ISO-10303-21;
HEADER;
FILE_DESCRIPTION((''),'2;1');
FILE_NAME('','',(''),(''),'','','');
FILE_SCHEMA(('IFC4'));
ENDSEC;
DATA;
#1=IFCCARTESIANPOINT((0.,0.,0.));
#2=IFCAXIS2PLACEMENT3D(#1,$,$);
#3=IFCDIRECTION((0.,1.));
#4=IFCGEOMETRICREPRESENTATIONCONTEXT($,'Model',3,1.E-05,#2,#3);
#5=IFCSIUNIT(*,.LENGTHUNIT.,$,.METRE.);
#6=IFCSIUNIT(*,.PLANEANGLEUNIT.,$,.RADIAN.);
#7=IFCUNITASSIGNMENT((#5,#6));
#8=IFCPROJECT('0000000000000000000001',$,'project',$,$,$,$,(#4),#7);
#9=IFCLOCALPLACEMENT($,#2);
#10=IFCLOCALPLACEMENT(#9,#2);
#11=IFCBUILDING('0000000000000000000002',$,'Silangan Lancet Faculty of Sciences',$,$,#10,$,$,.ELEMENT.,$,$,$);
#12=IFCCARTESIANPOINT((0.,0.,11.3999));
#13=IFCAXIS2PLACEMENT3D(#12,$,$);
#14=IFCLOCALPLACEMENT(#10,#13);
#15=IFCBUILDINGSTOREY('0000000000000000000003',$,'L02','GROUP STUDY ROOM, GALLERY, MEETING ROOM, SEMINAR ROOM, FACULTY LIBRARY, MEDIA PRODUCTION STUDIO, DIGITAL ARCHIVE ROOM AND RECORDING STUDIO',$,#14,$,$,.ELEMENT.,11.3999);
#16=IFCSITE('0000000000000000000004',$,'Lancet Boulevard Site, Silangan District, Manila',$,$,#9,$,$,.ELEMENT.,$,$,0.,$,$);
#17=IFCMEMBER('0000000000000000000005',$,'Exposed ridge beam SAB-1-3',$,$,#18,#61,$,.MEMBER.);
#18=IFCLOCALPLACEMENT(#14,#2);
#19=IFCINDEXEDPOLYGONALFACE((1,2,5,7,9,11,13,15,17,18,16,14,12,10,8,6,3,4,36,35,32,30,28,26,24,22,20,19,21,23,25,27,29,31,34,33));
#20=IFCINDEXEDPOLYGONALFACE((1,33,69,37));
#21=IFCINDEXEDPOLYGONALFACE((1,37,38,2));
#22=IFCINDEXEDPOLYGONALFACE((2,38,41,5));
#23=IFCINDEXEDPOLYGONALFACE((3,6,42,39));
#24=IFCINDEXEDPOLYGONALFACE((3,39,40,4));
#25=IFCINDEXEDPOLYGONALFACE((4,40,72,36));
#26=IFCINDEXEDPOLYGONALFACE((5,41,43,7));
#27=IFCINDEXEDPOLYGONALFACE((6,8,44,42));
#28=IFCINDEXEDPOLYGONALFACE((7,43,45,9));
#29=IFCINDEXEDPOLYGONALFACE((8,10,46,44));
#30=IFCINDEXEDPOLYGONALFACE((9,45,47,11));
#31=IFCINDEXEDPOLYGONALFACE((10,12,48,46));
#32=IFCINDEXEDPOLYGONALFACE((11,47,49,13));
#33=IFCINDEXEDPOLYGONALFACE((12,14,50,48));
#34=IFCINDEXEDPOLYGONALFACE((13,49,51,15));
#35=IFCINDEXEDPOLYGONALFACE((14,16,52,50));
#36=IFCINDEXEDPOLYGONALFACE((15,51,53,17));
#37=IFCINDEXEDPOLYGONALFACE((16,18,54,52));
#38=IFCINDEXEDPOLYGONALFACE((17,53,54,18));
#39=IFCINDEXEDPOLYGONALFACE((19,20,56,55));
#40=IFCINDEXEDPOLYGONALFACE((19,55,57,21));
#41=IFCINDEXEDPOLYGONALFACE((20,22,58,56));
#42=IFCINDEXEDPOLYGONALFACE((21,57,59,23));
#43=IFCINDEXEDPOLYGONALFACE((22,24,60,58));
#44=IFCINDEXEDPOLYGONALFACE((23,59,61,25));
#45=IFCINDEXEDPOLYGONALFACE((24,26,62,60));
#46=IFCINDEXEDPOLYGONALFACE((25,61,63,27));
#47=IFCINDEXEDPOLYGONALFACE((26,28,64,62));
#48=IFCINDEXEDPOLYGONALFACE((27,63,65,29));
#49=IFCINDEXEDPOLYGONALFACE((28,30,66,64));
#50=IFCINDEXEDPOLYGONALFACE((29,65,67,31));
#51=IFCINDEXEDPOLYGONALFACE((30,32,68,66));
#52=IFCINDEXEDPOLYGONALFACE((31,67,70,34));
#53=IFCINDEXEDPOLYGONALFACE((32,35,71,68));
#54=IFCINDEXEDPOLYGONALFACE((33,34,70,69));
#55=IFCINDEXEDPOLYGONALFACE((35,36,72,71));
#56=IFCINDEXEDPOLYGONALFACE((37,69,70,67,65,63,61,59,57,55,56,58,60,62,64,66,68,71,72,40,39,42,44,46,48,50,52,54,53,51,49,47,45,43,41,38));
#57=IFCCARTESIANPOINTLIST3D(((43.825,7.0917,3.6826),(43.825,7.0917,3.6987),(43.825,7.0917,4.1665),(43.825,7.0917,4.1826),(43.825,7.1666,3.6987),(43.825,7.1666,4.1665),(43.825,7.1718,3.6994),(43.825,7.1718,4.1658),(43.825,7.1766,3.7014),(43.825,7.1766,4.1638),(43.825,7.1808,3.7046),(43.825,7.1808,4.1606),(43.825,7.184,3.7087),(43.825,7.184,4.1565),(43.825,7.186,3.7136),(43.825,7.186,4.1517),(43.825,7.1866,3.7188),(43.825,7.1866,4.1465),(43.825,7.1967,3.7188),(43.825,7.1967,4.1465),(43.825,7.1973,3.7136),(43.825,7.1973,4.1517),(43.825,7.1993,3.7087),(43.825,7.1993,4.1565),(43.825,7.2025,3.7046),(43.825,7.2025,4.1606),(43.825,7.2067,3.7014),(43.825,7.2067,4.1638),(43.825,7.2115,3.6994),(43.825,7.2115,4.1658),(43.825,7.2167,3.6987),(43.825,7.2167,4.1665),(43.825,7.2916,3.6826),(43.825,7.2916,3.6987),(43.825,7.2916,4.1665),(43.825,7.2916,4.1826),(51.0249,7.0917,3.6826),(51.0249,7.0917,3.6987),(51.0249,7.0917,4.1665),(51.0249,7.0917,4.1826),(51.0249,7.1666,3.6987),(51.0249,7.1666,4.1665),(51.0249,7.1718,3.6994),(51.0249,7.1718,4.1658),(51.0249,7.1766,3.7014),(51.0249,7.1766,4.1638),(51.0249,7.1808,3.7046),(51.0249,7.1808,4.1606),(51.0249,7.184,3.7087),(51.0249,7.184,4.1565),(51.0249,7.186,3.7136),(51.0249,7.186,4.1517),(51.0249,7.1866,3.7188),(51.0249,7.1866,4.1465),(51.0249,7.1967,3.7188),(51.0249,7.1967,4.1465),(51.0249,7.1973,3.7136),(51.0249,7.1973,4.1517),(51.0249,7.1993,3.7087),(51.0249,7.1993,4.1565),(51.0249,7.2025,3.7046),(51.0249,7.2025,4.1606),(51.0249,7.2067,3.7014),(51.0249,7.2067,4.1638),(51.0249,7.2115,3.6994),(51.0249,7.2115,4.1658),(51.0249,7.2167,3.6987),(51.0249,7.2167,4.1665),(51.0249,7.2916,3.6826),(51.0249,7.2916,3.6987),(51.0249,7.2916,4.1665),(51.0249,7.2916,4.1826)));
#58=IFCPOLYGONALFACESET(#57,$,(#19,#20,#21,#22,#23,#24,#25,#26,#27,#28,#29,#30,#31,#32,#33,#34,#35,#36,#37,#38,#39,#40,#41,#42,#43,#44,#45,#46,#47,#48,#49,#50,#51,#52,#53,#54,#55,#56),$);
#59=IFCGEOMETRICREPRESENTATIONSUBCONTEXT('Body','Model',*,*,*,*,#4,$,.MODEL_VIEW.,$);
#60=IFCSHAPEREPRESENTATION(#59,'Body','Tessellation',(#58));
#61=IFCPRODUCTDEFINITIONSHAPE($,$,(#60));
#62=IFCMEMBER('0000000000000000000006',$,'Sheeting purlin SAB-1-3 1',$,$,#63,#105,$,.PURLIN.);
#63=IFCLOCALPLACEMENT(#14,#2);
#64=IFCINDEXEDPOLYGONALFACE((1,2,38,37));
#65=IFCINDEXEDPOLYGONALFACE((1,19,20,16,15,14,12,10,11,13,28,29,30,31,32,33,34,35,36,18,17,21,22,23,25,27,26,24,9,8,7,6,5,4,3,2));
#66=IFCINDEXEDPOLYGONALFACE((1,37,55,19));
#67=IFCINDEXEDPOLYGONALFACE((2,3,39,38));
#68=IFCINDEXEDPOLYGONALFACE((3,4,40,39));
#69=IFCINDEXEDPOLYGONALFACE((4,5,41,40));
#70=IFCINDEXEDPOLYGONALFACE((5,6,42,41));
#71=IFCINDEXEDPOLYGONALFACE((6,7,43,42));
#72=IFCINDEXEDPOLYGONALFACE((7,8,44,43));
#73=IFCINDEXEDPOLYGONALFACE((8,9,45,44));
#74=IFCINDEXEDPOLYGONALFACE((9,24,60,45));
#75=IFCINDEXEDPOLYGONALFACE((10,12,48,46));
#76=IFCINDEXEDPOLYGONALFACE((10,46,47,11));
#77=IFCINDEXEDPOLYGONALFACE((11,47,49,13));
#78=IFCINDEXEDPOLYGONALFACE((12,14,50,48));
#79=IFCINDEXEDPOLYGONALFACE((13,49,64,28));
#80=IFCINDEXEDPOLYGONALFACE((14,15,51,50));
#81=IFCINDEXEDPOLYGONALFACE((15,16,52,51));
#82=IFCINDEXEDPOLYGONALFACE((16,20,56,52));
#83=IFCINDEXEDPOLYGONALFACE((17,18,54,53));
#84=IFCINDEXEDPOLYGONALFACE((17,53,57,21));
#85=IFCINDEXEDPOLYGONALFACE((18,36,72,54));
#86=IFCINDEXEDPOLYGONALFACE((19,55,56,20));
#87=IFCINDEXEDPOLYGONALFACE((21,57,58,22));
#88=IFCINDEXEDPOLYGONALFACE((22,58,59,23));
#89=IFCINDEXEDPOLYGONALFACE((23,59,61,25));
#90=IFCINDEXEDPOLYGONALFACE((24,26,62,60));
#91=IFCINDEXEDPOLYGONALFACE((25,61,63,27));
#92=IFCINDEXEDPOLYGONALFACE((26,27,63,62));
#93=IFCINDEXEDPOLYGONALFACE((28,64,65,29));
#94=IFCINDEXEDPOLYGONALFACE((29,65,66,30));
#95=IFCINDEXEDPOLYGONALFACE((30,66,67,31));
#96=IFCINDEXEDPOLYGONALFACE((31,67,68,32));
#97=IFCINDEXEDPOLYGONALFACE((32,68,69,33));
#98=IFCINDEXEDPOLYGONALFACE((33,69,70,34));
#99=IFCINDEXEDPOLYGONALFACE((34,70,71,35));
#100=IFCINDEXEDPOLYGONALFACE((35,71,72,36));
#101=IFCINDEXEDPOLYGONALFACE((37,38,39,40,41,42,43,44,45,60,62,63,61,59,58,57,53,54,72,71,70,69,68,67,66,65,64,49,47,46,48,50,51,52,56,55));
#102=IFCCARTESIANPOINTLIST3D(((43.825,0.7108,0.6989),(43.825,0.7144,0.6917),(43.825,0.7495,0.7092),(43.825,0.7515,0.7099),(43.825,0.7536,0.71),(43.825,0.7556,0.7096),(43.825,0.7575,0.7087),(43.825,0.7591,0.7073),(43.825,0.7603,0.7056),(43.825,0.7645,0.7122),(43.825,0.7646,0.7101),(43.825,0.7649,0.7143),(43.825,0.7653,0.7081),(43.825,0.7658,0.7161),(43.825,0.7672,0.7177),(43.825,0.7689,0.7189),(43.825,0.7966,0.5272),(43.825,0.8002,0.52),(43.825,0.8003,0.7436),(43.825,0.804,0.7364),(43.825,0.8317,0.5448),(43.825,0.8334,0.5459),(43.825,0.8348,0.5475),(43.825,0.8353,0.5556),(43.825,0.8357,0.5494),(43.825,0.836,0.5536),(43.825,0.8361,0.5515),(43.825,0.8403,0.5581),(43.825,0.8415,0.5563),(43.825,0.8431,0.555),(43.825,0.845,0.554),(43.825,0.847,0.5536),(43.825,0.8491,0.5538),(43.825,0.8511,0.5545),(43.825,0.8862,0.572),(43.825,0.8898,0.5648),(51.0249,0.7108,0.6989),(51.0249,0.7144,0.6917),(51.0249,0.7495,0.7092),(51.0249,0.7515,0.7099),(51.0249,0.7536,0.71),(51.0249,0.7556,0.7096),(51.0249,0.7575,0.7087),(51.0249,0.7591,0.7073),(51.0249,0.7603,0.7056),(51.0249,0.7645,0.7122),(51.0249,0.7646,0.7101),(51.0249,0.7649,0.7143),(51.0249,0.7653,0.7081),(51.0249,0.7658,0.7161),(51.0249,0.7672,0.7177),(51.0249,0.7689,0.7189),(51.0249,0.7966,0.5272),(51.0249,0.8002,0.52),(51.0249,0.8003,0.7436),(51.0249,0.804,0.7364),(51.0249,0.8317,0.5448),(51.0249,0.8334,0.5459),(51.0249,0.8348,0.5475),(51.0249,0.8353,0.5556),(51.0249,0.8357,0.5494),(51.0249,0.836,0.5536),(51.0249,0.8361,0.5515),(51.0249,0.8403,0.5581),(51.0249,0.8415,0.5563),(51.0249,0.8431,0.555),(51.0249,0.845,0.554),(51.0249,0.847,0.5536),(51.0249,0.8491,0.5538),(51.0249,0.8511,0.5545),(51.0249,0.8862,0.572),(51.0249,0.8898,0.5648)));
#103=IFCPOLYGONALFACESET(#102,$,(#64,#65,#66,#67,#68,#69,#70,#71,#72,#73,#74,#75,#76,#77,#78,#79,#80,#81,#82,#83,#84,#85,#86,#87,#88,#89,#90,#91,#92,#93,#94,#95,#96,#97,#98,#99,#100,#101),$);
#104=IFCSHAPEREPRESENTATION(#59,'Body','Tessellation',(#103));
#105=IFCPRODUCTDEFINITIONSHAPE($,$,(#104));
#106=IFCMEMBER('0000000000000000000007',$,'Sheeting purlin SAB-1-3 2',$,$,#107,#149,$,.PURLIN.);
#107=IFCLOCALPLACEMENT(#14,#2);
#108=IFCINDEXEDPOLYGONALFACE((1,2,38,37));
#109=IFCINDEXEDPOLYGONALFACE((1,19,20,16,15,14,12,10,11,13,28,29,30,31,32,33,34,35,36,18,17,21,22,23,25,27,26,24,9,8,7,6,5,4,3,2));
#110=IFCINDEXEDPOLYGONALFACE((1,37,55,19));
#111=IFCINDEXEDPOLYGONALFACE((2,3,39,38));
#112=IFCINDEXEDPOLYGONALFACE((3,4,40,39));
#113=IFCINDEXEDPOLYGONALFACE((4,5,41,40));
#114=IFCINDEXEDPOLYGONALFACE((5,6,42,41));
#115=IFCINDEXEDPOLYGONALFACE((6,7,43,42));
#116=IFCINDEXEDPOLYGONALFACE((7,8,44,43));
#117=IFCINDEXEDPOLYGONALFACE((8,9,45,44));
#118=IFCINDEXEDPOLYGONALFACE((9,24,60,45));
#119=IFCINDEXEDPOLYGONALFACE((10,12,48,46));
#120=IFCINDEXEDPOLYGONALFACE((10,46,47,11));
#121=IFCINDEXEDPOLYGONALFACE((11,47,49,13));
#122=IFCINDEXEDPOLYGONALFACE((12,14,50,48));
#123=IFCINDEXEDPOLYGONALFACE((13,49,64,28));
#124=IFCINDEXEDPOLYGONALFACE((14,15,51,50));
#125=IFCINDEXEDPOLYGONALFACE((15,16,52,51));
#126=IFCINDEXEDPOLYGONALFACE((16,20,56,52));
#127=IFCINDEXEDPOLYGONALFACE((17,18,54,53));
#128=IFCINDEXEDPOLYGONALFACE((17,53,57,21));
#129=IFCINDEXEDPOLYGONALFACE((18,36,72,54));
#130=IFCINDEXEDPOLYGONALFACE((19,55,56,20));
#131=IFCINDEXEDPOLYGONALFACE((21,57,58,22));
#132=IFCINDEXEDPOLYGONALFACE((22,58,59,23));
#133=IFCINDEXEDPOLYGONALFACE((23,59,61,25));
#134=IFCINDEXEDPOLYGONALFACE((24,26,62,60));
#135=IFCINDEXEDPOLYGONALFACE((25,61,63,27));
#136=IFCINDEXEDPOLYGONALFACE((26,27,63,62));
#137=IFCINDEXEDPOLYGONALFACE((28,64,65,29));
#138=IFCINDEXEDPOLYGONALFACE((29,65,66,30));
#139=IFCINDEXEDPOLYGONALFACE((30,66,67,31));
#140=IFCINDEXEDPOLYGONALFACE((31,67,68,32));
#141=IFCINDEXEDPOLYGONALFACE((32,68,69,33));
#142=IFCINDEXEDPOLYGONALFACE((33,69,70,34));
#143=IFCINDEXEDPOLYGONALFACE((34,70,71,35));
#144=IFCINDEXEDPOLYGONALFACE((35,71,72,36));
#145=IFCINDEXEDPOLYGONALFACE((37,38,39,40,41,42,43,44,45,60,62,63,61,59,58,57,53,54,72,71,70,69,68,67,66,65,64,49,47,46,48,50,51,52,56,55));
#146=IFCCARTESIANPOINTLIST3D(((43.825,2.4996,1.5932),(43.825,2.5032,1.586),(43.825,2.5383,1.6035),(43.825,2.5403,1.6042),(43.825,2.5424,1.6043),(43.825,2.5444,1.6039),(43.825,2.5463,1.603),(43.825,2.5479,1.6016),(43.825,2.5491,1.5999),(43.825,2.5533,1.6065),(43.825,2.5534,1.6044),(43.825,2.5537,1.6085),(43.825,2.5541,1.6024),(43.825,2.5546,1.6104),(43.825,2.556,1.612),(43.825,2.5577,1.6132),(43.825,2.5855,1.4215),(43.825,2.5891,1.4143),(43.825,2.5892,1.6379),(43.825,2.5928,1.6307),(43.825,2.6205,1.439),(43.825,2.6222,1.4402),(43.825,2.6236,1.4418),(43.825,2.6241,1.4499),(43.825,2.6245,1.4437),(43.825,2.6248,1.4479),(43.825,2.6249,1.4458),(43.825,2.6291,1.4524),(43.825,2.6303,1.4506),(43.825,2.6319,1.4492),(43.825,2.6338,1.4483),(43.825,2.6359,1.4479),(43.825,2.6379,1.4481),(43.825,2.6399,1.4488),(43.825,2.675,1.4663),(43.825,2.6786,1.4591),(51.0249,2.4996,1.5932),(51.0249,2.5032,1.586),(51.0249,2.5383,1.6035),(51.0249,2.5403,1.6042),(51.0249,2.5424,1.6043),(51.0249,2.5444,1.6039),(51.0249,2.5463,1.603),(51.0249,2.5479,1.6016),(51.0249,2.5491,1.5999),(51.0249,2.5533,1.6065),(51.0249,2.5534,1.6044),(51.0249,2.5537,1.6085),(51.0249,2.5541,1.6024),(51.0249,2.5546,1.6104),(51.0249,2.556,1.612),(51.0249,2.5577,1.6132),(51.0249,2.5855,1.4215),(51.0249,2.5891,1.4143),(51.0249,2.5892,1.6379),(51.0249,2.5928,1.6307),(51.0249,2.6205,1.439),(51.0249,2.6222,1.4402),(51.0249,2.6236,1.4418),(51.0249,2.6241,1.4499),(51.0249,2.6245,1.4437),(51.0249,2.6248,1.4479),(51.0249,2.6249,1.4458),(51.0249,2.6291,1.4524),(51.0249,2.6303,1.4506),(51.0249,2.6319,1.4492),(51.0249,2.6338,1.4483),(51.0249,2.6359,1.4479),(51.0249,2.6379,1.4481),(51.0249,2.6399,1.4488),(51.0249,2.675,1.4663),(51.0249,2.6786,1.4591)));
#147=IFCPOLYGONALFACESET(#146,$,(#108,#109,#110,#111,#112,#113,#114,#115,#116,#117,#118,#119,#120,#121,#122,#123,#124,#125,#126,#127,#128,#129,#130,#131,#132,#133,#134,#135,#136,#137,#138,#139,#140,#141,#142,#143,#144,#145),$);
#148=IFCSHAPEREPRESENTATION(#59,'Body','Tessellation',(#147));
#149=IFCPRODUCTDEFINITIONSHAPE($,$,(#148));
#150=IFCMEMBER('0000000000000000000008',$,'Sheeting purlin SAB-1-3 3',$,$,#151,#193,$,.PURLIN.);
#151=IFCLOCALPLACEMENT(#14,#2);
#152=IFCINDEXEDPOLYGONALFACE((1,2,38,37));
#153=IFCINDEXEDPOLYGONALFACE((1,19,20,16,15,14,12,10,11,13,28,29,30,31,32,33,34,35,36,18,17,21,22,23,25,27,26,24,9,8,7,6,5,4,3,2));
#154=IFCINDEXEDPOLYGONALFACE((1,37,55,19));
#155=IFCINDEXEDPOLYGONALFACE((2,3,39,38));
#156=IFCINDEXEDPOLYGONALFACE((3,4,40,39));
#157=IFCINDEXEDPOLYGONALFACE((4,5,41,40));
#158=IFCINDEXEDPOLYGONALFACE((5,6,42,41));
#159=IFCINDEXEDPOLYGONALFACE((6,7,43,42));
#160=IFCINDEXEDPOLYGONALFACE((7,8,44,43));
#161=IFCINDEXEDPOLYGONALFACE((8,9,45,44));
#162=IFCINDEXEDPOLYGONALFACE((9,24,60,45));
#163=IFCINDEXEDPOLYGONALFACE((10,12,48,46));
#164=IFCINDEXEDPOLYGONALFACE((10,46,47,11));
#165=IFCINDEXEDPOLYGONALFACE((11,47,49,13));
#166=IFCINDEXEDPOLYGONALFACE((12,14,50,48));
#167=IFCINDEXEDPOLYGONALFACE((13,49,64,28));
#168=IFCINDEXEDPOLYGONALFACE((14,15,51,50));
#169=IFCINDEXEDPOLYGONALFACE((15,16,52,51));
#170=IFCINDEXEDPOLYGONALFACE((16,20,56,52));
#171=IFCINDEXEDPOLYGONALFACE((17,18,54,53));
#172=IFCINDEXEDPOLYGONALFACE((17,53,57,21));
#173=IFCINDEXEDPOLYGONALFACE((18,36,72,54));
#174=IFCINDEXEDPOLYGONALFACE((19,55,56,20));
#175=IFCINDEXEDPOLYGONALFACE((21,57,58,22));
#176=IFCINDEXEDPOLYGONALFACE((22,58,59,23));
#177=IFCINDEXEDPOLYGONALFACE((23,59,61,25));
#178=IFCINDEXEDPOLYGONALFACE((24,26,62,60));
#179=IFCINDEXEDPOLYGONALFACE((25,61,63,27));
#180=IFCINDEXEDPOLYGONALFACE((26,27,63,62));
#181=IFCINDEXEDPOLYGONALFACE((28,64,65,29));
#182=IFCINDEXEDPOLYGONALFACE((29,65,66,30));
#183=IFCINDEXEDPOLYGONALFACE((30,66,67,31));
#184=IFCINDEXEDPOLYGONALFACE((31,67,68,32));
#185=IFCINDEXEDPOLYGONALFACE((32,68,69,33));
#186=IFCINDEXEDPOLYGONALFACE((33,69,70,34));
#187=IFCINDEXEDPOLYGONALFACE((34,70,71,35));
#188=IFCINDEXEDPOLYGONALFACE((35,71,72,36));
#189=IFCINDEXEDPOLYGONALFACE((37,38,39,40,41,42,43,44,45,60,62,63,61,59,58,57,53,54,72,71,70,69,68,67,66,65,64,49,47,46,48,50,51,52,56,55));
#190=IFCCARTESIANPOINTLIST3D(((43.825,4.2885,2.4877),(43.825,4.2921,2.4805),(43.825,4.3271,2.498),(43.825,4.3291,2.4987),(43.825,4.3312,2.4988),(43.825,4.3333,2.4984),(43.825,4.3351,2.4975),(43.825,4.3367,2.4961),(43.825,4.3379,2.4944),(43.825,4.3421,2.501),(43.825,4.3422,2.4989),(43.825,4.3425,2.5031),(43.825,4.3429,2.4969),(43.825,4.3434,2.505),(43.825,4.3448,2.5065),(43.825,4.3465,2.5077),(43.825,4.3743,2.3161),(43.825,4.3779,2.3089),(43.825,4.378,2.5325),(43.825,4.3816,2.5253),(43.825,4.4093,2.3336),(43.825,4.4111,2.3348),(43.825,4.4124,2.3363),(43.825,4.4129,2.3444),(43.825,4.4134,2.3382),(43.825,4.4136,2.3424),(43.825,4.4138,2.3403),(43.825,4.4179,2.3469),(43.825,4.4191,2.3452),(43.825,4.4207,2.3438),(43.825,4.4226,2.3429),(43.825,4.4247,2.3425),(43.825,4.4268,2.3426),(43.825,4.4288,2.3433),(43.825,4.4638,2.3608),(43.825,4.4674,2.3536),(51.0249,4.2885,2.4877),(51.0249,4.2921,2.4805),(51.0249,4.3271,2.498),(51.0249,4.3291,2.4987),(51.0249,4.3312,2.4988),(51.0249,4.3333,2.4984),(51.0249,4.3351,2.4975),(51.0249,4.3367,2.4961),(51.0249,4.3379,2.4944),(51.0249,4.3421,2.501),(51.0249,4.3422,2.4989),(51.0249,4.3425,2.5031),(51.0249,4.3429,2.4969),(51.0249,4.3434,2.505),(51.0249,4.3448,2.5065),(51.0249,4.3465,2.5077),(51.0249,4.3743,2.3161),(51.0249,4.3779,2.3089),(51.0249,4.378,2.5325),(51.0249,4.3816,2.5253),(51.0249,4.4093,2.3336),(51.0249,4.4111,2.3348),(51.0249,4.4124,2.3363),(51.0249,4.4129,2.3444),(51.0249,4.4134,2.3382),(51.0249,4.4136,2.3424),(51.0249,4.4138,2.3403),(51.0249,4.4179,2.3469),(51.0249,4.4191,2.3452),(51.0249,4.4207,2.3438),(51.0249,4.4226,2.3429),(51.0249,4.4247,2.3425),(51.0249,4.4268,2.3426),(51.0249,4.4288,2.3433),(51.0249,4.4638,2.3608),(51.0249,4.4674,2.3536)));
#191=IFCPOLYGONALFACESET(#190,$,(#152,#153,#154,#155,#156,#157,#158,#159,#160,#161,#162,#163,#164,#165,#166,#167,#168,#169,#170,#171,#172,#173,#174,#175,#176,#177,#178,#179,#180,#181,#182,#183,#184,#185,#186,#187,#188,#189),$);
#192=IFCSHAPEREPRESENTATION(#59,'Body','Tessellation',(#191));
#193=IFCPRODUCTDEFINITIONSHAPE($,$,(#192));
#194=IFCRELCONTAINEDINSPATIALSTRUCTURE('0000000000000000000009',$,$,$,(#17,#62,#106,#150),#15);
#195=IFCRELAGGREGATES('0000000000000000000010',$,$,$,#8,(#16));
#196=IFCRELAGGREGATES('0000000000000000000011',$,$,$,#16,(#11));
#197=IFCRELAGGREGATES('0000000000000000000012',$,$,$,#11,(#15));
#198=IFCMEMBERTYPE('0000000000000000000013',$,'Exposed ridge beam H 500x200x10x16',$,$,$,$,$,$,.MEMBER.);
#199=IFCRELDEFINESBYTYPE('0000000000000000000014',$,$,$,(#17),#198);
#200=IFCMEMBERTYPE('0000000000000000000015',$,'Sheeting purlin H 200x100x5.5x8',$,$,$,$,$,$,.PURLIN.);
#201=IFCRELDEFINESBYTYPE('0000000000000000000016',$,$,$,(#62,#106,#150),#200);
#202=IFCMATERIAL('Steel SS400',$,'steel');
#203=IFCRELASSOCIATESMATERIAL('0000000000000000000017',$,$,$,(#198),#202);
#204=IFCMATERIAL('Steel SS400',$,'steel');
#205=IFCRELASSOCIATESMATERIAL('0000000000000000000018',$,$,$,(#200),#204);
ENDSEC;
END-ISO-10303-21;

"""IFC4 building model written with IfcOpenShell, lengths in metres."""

from ifc_helpers import new_model, si_unit, direction, frame, origin, origin_2d, place, context, subcontext, project, spatial, i_section, extrude, material, material_profile, profile_set, type_object, element, save


model = new_model("IFC4")

# Units and contexts
model_context = context("Model", 3, precision=1e-05, world=origin(), true_north=direction((0.0, 1.0)))
body_context = subcontext(model_context, "Body", "Model", "MODEL_VIEW")
ifc_project = project(units=[si_unit("LENGTHUNIT", "METRE"), si_unit("PLANEANGLEUNIT", "RADIAN")], contexts=[model_context])

# Site, building, storey
site_placement = place(None, origin())
site = spatial("IfcSite", under=ifc_project, at=site_placement, Name="Lancet Boulevard Site, Silangan District, Manila", CompositionType="ELEMENT", RefElevation=0.0)
building_placement = place(site_placement, origin())
building = spatial("IfcBuilding", under=site, at=building_placement, Name="Silangan Lancet Faculty of Sciences", CompositionType="ELEMENT")
storey_placement = place(building_placement, frame((0.0, 0.0, 11.3999)))
storey = spatial("IfcBuildingStorey", under=building, at=storey_placement, Name="L02", Description="GROUP STUDY ROOM, GALLERY, MEETING ROOM, SEMINAR ROOM, FACULTY LIBRARY, MEDIA PRODUCTION STUDIO, DIGITAL ARCHIVE ROOM AND RECORDING STUDIO", CompositionType="ELEMENT", Elevation=11.3999)

# Members
ifc_material_1 = material(Name="Steel SS400", Category="steel")
ifc_material_profile_1 = material_profile(ifc_material_1, i_section(OverallWidth=0.2, OverallDepth=0.5, WebThickness=0.01, FlangeThickness=0.0161, FilletRadius=0.02, at=origin_2d()), Name="H 500x200x10x16")
ifc_profile_set_1 = profile_set([ifc_material_profile_1], Name="Steel SS400")
member_type_1 = type_object("IfcMemberType", Name="Exposed ridge beam H 500x200x10x16", PredefinedType="MEMBER", material=ifc_profile_set_1)
member_1_placement = place(storey_placement, frame((43.825, 7.1917, 3.9326), z_axis=(1.0, 0.0, 0.0), x_axis=(0.0, 1.0, 0.0)))
element("IfcMember", 1, at=member_1_placement, inside=storey, type_object=member_type_1, Name="Exposed ridge beam SAB-1-3", PredefinedType="MEMBER", context=body_context, shape_type="SweptSolid", body=[
    extrude(i_section(OverallWidth=0.2, OverallDepth=0.5, WebThickness=0.01, FlangeThickness=0.0161, FilletRadius=0.02, at=origin_2d()), origin(), (0.0, 0.0, 1.0), 7.2),
])
ifc_material_2 = material(Name="Steel SS400", Category="steel")
ifc_material_profile_2 = material_profile(ifc_material_2, i_section(OverallWidth=0.1001, OverallDepth=0.2, WebThickness=0.0056, FlangeThickness=0.0081, FilletRadius=0.0081, at=origin_2d()), Name="H 200x100x5.5x8")
ifc_profile_set_2 = profile_set([ifc_material_profile_2], Name="Steel SS400")
member_type_2 = type_object("IfcMemberType", Name="Sheeting purlin H 200x100x5.5x8", PredefinedType="PURLIN", material=ifc_profile_set_2)
for number, where, z_axis, x_axis, name in (
    (2, (43.825, 0.8003, 0.6318), (1.0, 0.0, 0.0), (0.0, 0.894427, 0.447214), "Sheeting purlin SAB-1-3 1"),
    (3, (43.825, 2.5891, 1.5261), (1.0, 0.0, 0.0), (0.0, 0.894427, 0.447214), "Sheeting purlin SAB-1-3 2"),
    (4, (43.825, 4.3779, 2.4207), (1.0, 0.0, 0.0), (0.0, 0.894427, 0.447214), "Sheeting purlin SAB-1-3 3"),
):
    element("IfcMember", number, at=place(storey_placement, frame(where, z_axis=z_axis, x_axis=x_axis)), inside=storey, type_object=member_type_2, Name=name, PredefinedType="PURLIN", context=body_context, shape_type="SweptSolid", body=[
        extrude(i_section(OverallWidth=0.1001, OverallDepth=0.2, WebThickness=0.0056, FlangeThickness=0.0081, FilletRadius=0.0081, at=origin_2d()), origin(), (0.0, 0.0, 1.0), 7.2),
    ])

save(model, "model.ifc")
